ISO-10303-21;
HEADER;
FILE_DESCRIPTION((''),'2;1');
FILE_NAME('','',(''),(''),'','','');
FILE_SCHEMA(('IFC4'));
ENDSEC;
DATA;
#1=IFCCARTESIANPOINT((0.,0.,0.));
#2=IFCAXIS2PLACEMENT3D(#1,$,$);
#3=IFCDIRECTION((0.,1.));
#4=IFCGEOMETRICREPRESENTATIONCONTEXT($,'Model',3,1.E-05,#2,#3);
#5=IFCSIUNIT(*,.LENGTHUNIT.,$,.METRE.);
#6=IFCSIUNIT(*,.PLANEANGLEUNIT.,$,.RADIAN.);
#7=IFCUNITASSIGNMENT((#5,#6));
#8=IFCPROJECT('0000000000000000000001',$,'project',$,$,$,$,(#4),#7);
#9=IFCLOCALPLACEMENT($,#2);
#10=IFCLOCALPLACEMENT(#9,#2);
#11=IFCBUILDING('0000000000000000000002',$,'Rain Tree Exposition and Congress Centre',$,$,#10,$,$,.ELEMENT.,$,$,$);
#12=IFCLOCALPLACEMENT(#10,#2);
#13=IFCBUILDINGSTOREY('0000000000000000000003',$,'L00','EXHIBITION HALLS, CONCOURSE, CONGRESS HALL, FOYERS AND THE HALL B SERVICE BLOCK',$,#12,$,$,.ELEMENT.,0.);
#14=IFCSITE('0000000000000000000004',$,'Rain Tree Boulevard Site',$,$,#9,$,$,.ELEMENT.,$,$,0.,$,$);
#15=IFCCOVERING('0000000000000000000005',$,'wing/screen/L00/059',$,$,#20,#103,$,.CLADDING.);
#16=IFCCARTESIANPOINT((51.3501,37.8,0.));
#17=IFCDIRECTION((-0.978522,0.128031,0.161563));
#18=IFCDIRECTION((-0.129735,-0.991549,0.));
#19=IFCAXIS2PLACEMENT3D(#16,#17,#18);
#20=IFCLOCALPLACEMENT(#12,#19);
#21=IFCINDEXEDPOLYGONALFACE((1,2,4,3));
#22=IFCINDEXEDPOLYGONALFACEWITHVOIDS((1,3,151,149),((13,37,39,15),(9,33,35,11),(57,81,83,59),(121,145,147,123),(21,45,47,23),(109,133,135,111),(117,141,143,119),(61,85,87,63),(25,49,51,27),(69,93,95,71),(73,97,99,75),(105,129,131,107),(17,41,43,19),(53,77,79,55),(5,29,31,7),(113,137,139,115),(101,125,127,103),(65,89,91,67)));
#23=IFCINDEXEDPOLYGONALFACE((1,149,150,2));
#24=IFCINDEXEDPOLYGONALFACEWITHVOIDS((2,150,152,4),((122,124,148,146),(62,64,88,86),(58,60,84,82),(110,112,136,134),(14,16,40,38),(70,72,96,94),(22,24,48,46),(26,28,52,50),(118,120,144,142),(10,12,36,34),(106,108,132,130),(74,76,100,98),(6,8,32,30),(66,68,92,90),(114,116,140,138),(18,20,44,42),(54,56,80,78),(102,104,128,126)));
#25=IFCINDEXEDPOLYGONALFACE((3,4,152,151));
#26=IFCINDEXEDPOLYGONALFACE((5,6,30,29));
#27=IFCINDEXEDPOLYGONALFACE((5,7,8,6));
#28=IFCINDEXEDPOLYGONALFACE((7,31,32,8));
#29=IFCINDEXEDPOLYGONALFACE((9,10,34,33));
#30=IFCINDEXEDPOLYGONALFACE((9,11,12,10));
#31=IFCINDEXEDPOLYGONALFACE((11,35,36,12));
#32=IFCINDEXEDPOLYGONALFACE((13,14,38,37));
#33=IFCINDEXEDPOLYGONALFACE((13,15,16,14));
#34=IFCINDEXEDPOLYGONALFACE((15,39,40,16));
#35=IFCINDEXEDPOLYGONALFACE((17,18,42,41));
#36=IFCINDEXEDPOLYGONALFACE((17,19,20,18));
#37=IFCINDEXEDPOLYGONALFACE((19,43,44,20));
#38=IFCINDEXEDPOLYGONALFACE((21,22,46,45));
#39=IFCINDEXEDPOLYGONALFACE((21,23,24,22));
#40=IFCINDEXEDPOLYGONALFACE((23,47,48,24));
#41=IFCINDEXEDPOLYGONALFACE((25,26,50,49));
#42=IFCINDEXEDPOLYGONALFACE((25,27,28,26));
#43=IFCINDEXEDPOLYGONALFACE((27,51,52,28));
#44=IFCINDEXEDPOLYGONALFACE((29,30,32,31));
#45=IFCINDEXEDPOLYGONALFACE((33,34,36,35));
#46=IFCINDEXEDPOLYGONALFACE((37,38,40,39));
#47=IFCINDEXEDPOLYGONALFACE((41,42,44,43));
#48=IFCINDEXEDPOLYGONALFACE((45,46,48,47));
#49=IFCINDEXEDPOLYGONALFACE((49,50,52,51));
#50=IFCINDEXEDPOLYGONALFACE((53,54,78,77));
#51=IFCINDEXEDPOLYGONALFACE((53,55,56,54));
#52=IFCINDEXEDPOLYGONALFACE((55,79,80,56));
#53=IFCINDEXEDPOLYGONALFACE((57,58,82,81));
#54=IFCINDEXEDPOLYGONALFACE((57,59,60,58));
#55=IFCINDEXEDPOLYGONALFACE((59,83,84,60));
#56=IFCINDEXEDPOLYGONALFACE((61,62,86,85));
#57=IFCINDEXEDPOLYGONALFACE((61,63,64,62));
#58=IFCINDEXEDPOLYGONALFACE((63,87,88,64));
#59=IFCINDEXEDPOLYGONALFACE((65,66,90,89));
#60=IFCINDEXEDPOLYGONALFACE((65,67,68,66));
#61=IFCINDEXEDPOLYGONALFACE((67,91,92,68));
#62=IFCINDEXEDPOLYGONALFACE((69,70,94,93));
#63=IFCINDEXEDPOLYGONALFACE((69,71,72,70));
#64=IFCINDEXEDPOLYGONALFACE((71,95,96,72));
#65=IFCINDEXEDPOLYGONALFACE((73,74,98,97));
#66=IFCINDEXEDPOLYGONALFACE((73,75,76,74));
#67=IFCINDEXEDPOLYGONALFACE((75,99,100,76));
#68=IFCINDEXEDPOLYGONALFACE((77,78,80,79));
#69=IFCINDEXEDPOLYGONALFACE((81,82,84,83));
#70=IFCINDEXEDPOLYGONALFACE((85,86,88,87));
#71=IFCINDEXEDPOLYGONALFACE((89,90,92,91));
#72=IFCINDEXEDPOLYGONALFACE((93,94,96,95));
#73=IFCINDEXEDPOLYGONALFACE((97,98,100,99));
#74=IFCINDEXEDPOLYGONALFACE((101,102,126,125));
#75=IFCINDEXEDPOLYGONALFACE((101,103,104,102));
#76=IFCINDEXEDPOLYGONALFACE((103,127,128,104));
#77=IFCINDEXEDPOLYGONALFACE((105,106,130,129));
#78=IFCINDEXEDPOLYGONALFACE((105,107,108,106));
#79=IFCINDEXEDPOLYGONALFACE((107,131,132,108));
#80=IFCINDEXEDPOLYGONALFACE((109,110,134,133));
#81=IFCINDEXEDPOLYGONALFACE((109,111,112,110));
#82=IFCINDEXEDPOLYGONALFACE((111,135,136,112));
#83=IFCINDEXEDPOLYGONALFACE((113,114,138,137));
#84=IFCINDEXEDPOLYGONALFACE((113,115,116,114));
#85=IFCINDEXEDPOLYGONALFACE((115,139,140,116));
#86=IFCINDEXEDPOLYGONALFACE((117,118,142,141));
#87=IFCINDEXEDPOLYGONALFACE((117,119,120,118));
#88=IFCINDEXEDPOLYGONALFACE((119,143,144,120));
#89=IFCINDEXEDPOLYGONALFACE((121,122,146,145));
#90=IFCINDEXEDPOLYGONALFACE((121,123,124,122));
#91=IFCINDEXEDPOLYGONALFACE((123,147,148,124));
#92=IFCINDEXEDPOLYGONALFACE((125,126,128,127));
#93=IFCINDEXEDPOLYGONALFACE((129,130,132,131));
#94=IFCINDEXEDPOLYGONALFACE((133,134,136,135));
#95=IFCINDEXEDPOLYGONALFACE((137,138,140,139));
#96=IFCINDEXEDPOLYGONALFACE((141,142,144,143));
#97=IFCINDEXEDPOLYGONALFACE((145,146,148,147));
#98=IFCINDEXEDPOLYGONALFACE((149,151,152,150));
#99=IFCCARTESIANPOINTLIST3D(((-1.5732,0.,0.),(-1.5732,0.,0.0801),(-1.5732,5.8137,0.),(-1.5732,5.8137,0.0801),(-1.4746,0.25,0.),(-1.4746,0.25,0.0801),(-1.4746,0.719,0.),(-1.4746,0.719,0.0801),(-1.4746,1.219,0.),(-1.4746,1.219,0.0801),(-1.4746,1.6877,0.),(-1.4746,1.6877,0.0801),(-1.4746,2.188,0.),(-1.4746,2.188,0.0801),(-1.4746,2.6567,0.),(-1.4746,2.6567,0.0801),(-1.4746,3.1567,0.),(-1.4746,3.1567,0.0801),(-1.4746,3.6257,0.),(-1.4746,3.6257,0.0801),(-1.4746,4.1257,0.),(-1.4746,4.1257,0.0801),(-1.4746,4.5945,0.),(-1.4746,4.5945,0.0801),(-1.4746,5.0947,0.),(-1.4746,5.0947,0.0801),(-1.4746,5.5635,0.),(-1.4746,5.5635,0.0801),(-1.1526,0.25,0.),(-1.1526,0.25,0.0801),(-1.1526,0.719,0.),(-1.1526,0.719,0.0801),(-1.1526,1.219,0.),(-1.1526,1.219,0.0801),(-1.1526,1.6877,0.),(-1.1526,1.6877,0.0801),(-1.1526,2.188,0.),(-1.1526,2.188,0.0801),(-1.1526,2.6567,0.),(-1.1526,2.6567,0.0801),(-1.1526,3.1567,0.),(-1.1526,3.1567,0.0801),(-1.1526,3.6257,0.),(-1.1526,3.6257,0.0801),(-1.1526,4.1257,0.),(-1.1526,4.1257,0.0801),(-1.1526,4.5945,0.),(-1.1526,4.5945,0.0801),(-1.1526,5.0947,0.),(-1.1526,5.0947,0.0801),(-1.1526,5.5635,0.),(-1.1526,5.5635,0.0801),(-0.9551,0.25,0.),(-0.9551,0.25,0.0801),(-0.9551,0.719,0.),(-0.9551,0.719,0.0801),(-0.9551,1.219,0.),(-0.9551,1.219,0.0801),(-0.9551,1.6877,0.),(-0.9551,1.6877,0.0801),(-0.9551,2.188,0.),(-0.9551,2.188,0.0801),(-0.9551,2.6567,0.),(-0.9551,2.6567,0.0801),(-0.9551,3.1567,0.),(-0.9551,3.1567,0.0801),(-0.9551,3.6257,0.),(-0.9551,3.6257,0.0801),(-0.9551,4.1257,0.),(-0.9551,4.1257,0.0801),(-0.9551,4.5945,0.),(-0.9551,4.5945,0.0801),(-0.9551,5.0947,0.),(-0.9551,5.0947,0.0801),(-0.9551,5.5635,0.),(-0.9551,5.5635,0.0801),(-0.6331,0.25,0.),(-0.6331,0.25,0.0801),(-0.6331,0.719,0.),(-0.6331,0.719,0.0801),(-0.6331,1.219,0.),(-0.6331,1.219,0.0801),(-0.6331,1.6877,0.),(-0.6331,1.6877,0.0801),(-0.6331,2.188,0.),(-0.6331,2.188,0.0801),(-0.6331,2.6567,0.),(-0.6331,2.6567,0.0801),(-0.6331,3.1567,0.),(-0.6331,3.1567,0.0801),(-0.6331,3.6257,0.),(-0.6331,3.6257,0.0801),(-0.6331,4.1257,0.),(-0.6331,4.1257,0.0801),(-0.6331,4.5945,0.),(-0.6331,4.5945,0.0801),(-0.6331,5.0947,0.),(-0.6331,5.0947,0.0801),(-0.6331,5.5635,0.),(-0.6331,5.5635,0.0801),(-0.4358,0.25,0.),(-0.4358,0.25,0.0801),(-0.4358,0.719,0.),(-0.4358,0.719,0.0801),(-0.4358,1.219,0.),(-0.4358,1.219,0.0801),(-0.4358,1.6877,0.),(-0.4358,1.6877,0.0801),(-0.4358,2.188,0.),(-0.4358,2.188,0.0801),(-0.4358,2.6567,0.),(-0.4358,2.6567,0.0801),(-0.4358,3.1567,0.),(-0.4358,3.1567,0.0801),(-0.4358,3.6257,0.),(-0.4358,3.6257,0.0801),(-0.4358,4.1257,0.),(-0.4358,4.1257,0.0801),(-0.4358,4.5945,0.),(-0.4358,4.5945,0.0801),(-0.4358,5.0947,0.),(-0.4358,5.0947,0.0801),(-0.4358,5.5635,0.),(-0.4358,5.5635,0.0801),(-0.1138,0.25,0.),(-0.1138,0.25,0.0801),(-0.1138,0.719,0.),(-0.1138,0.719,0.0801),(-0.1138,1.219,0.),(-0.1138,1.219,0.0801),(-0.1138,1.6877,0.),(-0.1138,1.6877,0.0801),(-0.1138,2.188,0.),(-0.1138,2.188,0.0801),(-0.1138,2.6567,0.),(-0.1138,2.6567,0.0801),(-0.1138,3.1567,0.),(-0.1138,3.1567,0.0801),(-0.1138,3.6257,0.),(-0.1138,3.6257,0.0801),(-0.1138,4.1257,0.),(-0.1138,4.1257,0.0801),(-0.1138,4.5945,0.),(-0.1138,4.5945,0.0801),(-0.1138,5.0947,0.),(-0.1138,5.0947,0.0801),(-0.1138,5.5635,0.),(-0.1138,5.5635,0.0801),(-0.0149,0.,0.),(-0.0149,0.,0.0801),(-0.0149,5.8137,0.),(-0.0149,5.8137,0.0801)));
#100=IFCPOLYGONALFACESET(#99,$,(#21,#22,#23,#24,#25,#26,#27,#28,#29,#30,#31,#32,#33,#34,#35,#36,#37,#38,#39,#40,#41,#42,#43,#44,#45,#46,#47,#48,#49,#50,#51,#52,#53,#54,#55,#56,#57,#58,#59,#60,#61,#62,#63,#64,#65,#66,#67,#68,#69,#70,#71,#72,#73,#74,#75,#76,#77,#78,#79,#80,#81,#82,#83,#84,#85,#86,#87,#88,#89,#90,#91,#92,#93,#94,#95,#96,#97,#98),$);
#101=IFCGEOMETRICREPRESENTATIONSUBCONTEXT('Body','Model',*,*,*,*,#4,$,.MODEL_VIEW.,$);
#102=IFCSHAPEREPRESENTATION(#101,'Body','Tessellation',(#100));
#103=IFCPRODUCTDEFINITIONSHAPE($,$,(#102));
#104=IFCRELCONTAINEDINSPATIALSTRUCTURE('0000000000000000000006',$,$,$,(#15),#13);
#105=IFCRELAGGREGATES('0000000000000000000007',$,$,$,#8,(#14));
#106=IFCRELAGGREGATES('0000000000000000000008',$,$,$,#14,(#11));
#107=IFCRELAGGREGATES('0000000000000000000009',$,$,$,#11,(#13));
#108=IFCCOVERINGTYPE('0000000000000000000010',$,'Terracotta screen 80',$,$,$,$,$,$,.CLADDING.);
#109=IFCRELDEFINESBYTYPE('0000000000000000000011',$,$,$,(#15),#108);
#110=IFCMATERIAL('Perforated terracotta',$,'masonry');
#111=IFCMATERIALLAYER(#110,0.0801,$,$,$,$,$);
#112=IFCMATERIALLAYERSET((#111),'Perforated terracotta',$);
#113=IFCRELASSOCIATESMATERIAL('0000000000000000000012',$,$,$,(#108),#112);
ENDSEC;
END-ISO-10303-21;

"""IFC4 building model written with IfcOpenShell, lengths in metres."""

from ifc_helpers import new_model, si_unit, direction, frame, origin, place, context, subcontext, project, spatial, polyline, outline, extrude, material, layer, layer_set, type_object, element, save


model = new_model("IFC4")

# Units and contexts
model_context = context("Model", 3, precision=1e-05, world=origin(), true_north=direction((0.0, 1.0)))
body_context = subcontext(model_context, "Body", "Model", "MODEL_VIEW")
ifc_project = project(units=[si_unit("LENGTHUNIT", "METRE"), si_unit("PLANEANGLEUNIT", "RADIAN")], contexts=[model_context])

# Site, building, storey
site_placement = place(None, origin())
site = spatial("IfcSite", under=ifc_project, at=site_placement, Name="Rain Tree Boulevard Site", CompositionType="ELEMENT", RefElevation=0.0)
building_placement = place(site_placement, origin())
building = spatial("IfcBuilding", under=site, at=building_placement, Name="Rain Tree Exposition and Congress Centre", CompositionType="ELEMENT")
storey_placement = place(building_placement, origin())
storey = spatial("IfcBuildingStorey", under=building, at=storey_placement, Name="L00", Description="EXHIBITION HALLS, CONCOURSE, CONGRESS HALL, FOYERS AND THE HALL B SERVICE BLOCK", CompositionType="ELEMENT", Elevation=0.0)

# Covering
ifc_material_1 = material(Name="Perforated terracotta", Category="masonry")
ifc_layer_1 = layer(ifc_material_1, 0.0801)
ifc_layer_set_1 = layer_set([ifc_layer_1], Name="Perforated terracotta")
covering_type = type_object("IfcCoveringType", Name="Terracotta screen 80", PredefinedType="CLADDING", material=ifc_layer_set_1)
covering_1_placement = place(storey_placement, frame((51.3501, 37.8, 0.0), z_axis=(-0.978522, 0.128031, 0.161563), x_axis=(-0.129735, -0.991549, 0.0)))
element("IfcCovering", 1, at=covering_1_placement, inside=storey, type_object=covering_type, Name="wing/screen/L00/059", PredefinedType="CLADDING", context=body_context, shape_type="SweptSolid", body=[
    extrude(outline(polyline([(-0.0149, 5.8137), (-0.0149, 0.0), (-1.5732, 0.0), (-1.5732, 5.8137), (-0.0149, 5.8137)]), holes=[polyline([(-0.1138, 0.25), (-0.1138, 0.719), (-0.4358, 0.719), (-0.4358, 0.25), (-0.1138, 0.25)]), polyline([(-0.1138, 1.219), (-0.1138, 1.6877), (-0.4358, 1.6877), (-0.4358, 1.219), (-0.1138, 1.219)]), polyline([(-0.1138, 2.188), (-0.1138, 2.6567), (-0.4358, 2.6567), (-0.4358, 2.188), (-0.1138, 2.188)]), polyline([(-0.1138, 3.1567), (-0.1138, 3.6257), (-0.4358, 3.6257), (-0.4358, 3.1567), (-0.1138, 3.1567)]), polyline([(-0.1138, 4.1257), (-0.1138, 4.5945), (-0.4358, 4.5945), (-0.4358, 4.1257), (-0.1138, 4.1257)]), polyline([(-0.1138, 5.0947), (-0.1138, 5.5635), (-0.4358, 5.5635), (-0.4358, 5.0947), (-0.1138, 5.0947)]), polyline([(-0.6331, 0.25), (-0.6331, 0.719), (-0.9551, 0.719), (-0.9551, 0.25), (-0.6331, 0.25)]), polyline([(-0.6331, 1.219), (-0.6331, 1.6877), (-0.9551, 1.6877), (-0.9551, 1.219), (-0.6331, 1.219)]), polyline([(-0.6331, 2.188), (-0.6331, 2.6567), (-0.9551, 2.6567), (-0.9551, 2.188), (-0.6331, 2.188)]), polyline([(-0.6331, 3.1567), (-0.6331, 3.6257), (-0.9551, 3.6257), (-0.9551, 3.1567), (-0.6331, 3.1567)]), polyline([(-0.6331, 4.1257), (-0.6331, 4.5945), (-0.9551, 4.5945), (-0.9551, 4.1257), (-0.6331, 4.1257)]), polyline([(-0.6331, 5.0947), (-0.6331, 5.5635), (-0.9551, 5.5635), (-0.9551, 5.0947), (-0.6331, 5.0947)]), polyline([(-1.1526, 0.25), (-1.1526, 0.719), (-1.4746, 0.719), (-1.4746, 0.25), (-1.1526, 0.25)]), polyline([(-1.1526, 1.219), (-1.1526, 1.6877), (-1.4746, 1.6877), (-1.4746, 1.219), (-1.1526, 1.219)]), polyline([(-1.1526, 2.188), (-1.1526, 2.6567), (-1.4746, 2.6567), (-1.4746, 2.188), (-1.1526, 2.188)]), polyline([(-1.1526, 3.1567), (-1.1526, 3.6257), (-1.4746, 3.6257), (-1.4746, 3.1567), (-1.1526, 3.1567)]), polyline([(-1.1526, 4.1257), (-1.1526, 4.5945), (-1.4746, 4.5945), (-1.4746, 4.1257), (-1.1526, 4.1257)]), polyline([(-1.1526, 5.0947), (-1.1526, 5.5635), (-1.4746, 5.5635), (-1.4746, 5.0947), (-1.1526, 5.0947)])]), origin(), (0.0, 0.0, 1.0), 0.0801),
])

save(model, "model.ifc")
